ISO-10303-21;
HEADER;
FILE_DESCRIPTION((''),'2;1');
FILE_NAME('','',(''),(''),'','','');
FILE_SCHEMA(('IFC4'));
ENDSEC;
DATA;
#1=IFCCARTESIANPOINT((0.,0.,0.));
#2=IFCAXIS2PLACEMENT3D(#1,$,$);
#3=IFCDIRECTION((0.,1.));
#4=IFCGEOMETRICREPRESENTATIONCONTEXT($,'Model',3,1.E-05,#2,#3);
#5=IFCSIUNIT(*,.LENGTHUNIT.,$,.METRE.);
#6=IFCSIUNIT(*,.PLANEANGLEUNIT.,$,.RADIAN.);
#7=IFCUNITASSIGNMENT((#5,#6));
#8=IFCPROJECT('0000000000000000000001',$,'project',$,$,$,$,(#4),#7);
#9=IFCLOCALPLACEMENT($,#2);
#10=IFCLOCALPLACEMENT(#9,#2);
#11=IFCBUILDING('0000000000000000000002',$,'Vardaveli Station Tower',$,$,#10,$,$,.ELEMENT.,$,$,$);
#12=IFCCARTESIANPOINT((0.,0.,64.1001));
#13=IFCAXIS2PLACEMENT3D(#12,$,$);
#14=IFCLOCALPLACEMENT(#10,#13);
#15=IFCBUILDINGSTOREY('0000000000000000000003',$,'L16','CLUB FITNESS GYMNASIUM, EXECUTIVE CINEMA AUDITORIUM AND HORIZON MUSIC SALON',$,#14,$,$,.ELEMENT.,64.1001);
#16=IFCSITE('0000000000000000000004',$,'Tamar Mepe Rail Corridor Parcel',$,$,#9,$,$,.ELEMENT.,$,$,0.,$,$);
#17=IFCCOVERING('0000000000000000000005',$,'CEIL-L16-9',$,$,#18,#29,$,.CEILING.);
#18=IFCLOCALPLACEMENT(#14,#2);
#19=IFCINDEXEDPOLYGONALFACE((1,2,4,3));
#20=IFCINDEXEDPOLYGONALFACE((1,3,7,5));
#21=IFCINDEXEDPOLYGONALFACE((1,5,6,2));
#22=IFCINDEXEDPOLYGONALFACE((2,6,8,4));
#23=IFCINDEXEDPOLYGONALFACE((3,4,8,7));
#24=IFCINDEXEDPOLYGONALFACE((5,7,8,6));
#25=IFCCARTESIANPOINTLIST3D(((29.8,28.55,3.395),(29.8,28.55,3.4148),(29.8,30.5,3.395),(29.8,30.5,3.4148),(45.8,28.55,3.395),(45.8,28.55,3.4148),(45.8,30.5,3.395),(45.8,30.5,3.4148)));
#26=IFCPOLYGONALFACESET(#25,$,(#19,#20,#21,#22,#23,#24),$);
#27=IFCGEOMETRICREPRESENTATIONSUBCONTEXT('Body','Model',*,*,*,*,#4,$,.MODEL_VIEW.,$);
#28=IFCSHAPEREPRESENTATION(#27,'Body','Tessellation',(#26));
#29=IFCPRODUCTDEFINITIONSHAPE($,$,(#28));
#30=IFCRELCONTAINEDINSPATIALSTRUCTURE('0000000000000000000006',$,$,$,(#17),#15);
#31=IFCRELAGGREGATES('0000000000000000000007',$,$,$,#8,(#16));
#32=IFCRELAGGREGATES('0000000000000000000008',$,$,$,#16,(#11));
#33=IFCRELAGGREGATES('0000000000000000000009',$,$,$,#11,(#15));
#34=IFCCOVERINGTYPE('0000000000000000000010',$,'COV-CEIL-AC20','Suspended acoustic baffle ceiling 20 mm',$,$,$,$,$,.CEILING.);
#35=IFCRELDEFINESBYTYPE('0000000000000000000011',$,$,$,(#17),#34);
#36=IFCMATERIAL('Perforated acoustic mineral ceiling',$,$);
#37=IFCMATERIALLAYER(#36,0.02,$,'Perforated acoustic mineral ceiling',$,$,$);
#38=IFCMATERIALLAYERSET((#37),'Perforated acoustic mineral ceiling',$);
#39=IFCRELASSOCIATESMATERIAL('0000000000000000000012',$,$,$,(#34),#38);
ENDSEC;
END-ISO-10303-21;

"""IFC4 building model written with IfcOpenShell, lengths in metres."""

from ifc_helpers import new_model, si_unit, direction, frame, origin, place, context, subcontext, project, spatial, polyline, outline, extrude, material, layer, layer_set, type_object, element, save


model = new_model("IFC4")

# Units and contexts
model_context = context("Model", 3, precision=1e-05, world=origin(), true_north=direction((0.0, 1.0)))
body_context = subcontext(model_context, "Body", "Model", "MODEL_VIEW")
ifc_project = project(units=[si_unit("LENGTHUNIT", "METRE"), si_unit("PLANEANGLEUNIT", "RADIAN")], contexts=[model_context])

# Site, building, storey
site_placement = place(None, origin())
site = spatial("IfcSite", under=ifc_project, at=site_placement, Name="Tamar Mepe Rail Corridor Parcel", CompositionType="ELEMENT", RefElevation=0.0)
building_placement = place(site_placement, origin())
building = spatial("IfcBuilding", under=site, at=building_placement, Name="Vardaveli Station Tower", CompositionType="ELEMENT")
storey_placement = place(building_placement, frame((0.0, 0.0, 64.1001)))
storey = spatial("IfcBuildingStorey", under=building, at=storey_placement, Name="L16", Description="CLUB FITNESS GYMNASIUM, EXECUTIVE CINEMA AUDITORIUM AND HORIZON MUSIC SALON", CompositionType="ELEMENT", Elevation=64.1001)

# Covering
ifc_material_1 = material(Name="Perforated acoustic mineral ceiling")
ifc_layer_1 = layer(ifc_material_1, 0.02, Name="Perforated acoustic mineral ceiling")
ifc_layer_set_1 = layer_set([ifc_layer_1], Name="Perforated acoustic mineral ceiling")
covering_type = type_object("IfcCoveringType", Name="COV-CEIL-AC20", Description="Suspended acoustic baffle ceiling 20 mm", PredefinedType="CEILING", material=ifc_layer_set_1)
covering_1_placement = place(storey_placement, frame((0.0, 0.0, 3.395)))
element("IfcCovering", 1, at=covering_1_placement, inside=storey, type_object=covering_type, Name="CEIL-L16-9", PredefinedType="CEILING", context=body_context, shape_type="SweptSolid", body=[
    extrude(outline(polyline([(29.8, 28.55), (45.8, 28.55), (45.8, 30.5), (29.8, 30.5), (29.8, 28.55)])), origin(), (0.0, 0.0, 1.0), 0.0198),
])

save(model, "model.ifc")
